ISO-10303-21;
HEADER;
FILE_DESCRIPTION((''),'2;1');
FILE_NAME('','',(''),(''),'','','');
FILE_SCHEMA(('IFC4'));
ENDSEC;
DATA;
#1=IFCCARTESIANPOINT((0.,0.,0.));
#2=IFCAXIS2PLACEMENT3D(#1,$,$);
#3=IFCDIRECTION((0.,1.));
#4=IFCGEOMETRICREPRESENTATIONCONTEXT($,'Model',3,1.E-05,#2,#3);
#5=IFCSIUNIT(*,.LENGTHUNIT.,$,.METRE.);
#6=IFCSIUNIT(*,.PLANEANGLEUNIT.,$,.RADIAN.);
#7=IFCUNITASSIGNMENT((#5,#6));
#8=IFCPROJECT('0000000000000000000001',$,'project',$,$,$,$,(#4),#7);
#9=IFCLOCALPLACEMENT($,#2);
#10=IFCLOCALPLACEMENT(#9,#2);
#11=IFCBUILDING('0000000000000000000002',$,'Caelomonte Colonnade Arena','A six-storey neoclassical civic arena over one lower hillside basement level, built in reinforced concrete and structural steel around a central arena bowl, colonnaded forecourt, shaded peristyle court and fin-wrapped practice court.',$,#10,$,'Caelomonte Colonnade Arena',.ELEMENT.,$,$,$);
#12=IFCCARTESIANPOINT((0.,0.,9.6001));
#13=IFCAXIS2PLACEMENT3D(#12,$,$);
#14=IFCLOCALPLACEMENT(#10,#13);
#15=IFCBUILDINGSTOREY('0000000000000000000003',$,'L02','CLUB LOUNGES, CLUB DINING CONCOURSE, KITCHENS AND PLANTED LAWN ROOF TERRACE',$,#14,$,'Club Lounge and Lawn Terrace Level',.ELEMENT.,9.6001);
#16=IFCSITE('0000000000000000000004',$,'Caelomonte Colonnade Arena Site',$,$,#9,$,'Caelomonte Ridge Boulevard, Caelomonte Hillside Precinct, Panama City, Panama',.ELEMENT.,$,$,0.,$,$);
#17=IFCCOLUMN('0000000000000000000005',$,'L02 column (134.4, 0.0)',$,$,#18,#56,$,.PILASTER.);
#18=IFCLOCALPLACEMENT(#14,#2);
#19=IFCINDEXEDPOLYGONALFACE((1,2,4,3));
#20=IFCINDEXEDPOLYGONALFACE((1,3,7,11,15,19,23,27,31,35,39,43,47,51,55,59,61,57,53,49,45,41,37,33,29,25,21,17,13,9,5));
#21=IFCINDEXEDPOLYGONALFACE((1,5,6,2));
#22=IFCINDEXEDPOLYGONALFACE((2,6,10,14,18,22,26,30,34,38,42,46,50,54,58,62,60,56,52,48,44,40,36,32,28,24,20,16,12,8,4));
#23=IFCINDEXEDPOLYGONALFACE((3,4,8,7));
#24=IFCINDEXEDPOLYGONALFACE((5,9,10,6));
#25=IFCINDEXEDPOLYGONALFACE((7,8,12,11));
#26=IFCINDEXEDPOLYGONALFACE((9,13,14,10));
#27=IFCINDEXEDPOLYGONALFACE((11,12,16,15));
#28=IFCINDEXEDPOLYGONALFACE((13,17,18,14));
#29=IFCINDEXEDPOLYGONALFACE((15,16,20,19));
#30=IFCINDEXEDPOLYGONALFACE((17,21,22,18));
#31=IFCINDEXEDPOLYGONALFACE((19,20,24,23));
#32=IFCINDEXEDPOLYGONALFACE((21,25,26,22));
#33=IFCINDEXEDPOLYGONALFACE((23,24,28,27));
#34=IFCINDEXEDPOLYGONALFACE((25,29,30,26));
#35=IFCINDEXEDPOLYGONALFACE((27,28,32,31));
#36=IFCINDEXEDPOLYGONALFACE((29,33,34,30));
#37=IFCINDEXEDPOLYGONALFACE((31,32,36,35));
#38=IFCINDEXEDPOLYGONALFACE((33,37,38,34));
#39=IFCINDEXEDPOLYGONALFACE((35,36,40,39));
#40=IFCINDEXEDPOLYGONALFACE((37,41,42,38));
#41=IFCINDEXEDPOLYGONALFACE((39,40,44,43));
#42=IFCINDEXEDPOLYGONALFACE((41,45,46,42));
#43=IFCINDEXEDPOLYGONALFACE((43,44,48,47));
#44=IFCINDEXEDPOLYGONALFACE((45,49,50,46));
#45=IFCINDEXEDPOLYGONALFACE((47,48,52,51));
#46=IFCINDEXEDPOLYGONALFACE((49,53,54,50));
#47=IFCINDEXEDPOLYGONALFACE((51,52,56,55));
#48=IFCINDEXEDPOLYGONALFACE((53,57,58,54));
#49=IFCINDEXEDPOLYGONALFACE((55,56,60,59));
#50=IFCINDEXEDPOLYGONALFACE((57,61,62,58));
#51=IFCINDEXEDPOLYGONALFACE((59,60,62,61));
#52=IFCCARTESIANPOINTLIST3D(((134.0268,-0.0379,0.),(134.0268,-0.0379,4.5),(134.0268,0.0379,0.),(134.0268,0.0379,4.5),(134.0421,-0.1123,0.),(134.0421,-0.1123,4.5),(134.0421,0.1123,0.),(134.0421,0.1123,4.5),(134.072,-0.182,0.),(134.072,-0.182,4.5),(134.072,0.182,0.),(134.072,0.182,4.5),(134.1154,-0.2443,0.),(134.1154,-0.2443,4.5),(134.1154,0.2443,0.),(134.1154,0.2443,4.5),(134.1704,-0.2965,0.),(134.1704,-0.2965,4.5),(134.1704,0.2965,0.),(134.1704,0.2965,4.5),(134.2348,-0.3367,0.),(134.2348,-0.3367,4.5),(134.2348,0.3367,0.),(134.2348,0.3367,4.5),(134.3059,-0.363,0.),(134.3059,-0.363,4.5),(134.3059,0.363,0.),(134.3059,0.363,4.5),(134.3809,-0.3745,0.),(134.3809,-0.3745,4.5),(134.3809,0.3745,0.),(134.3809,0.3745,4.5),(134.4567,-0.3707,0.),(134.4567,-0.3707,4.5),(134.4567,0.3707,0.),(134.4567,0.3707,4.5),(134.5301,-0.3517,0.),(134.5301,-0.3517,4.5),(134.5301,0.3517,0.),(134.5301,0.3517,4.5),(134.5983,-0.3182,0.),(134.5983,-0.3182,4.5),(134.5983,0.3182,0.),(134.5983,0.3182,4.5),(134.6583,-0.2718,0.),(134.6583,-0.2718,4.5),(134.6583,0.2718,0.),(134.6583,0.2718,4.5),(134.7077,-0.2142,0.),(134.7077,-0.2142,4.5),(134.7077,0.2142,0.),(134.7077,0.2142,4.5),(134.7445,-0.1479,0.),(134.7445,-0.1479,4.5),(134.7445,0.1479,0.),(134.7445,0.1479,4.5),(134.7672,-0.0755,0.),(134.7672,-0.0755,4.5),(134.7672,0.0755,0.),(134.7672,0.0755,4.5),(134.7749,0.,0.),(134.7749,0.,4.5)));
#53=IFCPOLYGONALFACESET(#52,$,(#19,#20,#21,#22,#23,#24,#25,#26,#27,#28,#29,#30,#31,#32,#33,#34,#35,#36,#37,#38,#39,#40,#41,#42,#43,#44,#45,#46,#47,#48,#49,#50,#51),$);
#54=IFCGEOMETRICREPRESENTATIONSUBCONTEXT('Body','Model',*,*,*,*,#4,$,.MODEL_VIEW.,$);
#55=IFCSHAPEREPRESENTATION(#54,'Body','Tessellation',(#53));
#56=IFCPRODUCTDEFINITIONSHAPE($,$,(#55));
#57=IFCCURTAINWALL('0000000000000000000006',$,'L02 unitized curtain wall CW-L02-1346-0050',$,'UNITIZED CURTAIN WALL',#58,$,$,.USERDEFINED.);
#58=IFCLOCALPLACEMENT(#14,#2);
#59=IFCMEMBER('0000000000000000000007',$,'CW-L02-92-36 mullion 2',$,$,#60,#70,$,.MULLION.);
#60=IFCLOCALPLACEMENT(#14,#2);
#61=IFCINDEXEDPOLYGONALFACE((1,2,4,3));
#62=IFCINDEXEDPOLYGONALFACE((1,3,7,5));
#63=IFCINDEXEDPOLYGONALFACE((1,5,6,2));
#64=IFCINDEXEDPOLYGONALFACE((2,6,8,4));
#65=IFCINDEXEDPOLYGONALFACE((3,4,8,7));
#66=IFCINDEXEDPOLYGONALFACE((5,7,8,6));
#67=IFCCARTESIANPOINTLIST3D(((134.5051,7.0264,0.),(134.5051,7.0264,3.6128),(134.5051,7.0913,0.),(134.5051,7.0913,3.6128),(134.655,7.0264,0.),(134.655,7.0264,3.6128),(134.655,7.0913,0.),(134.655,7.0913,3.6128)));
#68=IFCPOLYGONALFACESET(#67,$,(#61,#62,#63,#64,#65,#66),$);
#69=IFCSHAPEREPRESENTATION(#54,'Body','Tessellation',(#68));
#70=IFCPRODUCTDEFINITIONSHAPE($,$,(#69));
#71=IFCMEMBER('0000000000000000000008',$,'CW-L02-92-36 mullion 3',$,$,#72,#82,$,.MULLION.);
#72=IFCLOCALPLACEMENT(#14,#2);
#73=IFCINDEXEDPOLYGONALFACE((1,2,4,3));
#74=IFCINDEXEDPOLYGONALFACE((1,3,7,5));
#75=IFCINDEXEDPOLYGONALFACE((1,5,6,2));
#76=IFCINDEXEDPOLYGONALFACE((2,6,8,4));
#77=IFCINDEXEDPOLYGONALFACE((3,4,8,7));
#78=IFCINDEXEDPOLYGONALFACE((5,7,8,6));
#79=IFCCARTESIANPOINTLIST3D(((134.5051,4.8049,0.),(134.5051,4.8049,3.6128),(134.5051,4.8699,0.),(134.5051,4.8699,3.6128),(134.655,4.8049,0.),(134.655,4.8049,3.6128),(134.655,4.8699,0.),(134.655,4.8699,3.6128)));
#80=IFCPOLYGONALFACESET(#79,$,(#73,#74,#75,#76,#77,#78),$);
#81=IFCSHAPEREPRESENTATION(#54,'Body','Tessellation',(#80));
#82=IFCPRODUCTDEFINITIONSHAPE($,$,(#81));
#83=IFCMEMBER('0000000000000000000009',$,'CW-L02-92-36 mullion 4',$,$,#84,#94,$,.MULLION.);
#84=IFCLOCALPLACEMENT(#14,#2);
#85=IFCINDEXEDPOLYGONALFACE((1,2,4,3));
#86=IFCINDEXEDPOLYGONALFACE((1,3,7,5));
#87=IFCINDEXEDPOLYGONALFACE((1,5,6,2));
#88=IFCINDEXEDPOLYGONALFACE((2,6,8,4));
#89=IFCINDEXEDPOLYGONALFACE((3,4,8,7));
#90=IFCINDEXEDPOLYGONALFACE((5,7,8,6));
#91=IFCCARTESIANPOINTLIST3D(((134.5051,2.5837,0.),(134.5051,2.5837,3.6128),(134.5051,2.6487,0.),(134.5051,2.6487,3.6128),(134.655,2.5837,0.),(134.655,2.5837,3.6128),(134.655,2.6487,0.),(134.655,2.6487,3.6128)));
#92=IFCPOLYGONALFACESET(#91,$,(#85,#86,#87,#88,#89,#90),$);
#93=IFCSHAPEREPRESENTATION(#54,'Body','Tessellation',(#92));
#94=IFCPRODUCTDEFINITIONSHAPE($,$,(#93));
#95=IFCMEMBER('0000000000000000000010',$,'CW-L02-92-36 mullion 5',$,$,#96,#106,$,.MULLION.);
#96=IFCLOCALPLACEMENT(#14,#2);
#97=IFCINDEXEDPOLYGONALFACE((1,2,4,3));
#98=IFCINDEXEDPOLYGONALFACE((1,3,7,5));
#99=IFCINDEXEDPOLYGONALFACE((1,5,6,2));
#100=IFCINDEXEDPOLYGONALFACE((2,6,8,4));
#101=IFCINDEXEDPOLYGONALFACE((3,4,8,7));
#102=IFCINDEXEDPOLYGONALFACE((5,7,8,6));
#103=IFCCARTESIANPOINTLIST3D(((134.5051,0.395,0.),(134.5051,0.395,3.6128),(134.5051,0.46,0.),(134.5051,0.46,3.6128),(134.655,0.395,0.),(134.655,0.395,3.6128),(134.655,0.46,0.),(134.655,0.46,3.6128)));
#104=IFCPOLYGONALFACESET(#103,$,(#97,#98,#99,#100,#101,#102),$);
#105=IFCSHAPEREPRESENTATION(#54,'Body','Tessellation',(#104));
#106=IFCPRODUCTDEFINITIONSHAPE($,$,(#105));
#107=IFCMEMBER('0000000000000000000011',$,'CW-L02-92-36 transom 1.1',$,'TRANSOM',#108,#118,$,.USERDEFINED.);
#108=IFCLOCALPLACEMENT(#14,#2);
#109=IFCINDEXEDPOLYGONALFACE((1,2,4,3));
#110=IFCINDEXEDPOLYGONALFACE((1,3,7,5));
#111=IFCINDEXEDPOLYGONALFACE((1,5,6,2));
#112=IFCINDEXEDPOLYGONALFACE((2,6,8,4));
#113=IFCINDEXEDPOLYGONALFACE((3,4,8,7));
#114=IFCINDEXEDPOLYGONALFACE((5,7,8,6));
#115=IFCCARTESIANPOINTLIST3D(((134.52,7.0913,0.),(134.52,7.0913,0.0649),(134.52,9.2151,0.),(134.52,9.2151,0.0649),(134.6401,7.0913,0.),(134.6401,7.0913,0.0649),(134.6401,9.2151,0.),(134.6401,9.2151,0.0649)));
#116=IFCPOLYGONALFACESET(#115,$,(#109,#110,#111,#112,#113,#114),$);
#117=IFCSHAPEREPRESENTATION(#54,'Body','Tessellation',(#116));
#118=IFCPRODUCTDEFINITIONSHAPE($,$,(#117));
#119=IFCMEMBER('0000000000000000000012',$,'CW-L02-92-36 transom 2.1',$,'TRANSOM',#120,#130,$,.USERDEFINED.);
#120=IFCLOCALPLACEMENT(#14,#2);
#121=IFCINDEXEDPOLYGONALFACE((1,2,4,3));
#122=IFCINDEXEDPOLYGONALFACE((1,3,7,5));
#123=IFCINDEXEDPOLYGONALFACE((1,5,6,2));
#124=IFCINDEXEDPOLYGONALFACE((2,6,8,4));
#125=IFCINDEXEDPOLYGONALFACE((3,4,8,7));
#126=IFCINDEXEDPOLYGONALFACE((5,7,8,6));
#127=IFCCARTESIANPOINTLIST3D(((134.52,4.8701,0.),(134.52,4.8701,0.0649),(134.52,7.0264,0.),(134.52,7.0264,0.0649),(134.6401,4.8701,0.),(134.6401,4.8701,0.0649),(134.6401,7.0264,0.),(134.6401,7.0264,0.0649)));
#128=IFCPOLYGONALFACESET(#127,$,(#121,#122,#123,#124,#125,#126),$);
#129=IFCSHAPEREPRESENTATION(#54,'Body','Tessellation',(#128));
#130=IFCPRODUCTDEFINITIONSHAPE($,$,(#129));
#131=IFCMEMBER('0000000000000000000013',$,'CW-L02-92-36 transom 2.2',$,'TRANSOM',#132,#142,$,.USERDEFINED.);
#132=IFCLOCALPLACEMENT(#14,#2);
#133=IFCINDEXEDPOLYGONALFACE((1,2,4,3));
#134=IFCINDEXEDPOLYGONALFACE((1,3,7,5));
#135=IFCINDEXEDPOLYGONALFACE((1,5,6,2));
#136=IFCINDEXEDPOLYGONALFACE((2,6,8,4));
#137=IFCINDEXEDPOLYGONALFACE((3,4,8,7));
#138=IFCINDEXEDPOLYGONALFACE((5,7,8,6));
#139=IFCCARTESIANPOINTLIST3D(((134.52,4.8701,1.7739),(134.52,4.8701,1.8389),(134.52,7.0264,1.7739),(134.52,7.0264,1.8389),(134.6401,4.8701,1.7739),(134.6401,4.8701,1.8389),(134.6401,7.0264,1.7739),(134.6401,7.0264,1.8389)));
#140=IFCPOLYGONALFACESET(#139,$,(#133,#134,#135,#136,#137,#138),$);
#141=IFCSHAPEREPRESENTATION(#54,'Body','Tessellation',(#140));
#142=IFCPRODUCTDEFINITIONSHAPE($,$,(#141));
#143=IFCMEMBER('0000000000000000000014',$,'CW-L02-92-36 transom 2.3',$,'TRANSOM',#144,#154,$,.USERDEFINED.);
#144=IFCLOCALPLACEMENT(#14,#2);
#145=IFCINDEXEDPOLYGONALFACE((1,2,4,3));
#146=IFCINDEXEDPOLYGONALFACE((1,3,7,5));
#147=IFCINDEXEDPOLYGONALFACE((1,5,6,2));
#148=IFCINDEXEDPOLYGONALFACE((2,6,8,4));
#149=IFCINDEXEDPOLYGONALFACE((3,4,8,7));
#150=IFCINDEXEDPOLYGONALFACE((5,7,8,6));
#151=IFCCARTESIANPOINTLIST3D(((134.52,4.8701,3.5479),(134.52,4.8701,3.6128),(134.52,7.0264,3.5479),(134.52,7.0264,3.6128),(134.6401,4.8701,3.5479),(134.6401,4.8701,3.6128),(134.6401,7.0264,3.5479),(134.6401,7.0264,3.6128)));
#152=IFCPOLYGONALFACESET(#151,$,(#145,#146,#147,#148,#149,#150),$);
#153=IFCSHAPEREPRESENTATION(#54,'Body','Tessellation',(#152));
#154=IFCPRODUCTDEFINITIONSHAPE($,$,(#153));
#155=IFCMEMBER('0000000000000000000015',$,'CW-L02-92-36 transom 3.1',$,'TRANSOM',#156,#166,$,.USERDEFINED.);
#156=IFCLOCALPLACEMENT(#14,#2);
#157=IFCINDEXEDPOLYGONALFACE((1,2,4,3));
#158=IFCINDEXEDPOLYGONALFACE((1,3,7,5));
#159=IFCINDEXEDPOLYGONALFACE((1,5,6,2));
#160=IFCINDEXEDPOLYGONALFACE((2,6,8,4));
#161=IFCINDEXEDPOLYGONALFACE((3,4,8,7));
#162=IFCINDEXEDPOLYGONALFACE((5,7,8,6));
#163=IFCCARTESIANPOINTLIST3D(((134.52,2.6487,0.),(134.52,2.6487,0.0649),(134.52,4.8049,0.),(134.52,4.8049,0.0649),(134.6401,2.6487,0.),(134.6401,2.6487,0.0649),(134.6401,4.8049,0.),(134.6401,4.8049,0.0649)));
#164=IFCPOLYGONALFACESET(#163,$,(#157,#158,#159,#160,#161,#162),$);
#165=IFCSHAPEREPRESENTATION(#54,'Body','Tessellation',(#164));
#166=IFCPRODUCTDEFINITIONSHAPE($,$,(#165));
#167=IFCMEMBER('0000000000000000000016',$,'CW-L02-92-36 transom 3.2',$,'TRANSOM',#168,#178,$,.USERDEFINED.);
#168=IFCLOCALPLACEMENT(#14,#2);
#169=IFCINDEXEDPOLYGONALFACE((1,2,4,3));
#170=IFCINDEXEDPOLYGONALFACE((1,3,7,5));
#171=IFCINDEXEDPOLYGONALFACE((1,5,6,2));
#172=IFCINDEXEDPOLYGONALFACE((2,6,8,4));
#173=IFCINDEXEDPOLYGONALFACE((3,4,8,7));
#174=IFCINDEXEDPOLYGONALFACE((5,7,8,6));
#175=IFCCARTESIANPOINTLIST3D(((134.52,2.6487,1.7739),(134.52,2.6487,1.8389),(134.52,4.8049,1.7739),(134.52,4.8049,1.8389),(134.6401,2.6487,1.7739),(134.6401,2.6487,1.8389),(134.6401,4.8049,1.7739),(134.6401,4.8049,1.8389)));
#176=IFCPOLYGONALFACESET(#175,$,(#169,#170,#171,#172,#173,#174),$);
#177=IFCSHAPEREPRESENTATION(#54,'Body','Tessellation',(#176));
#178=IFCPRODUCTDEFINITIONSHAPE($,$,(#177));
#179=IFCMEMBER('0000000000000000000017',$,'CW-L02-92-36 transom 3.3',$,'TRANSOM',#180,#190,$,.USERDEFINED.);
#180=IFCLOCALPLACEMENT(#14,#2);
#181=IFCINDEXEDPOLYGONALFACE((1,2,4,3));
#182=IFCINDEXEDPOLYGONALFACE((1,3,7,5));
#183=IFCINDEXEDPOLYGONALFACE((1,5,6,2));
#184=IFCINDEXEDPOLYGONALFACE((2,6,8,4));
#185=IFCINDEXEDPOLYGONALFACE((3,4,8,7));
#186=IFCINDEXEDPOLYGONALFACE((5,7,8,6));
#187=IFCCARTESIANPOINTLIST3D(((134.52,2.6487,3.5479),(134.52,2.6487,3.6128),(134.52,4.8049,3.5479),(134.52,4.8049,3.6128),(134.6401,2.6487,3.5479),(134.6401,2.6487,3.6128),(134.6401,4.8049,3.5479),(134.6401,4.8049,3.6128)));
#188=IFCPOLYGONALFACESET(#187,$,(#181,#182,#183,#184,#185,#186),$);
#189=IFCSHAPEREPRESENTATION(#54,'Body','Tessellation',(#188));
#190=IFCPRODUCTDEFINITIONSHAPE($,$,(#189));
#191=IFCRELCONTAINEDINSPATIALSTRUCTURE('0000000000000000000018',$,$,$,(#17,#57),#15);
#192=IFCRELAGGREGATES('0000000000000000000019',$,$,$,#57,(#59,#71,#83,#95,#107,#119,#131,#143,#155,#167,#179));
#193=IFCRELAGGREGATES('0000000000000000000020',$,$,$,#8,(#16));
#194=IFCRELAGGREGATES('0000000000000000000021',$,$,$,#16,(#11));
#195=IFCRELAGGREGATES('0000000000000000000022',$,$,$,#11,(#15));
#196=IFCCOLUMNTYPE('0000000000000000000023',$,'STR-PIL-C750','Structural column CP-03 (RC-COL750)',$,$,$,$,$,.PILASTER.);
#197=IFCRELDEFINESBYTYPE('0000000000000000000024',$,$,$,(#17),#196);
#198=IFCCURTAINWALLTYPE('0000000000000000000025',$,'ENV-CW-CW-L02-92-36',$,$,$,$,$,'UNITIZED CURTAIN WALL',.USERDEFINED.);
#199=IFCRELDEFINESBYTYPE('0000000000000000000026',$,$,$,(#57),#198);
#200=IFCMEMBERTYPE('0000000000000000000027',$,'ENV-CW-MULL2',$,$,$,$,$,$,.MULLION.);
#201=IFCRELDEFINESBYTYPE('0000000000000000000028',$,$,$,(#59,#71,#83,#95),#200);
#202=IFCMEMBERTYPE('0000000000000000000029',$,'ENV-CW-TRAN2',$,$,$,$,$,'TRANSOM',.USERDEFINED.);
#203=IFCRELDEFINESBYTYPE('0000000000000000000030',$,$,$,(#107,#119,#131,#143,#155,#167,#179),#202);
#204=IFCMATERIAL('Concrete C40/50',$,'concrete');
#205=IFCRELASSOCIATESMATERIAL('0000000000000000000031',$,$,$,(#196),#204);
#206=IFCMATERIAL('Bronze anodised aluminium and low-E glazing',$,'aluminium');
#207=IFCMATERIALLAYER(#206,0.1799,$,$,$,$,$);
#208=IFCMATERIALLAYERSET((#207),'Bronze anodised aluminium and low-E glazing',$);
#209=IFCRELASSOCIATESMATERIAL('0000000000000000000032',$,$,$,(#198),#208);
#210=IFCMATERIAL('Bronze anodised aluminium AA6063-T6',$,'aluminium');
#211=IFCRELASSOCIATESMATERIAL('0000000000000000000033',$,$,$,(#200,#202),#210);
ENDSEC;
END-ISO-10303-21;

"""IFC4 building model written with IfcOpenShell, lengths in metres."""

from ifc_helpers import new_model, si_unit, direction, frame, origin, origin_2d, place, context, subcontext, project, spatial, rectangle, circle, extrude, material, layer, layer_set, material_profile, profile_set, type_object, element, aggregate, save


model = new_model("IFC4")

# Units and contexts
model_context = context("Model", 3, precision=1e-05, world=origin(), true_north=direction((0.0, 1.0)))
body_context = subcontext(model_context, "Body", "Model", "MODEL_VIEW")
ifc_project = project(units=[si_unit("LENGTHUNIT", "METRE"), si_unit("PLANEANGLEUNIT", "RADIAN")], contexts=[model_context])

# Site, building, storey
site_placement = place(None, origin())
site = spatial("IfcSite", under=ifc_project, at=site_placement, Name="Caelomonte Colonnade Arena Site", LongName="Caelomonte Ridge Boulevard, Caelomonte Hillside Precinct, Panama City, Panama", CompositionType="ELEMENT", RefElevation=0.0)
building_placement = place(site_placement, origin())
building = spatial("IfcBuilding", under=site, at=building_placement, Name="Caelomonte Colonnade Arena", Description="A six-storey neoclassical civic arena over one lower hillside basement level, built in reinforced concrete and structural steel around a central arena bowl, colonnaded forecourt, shaded peristyle court and fin-wrapped practice court.", LongName="Caelomonte Colonnade Arena", CompositionType="ELEMENT")
storey_placement = place(building_placement, frame((0.0, 0.0, 9.6001)))
storey = spatial("IfcBuildingStorey", under=building, at=storey_placement, Name="L02", Description="CLUB LOUNGES, CLUB DINING CONCOURSE, KITCHENS AND PLANTED LAWN ROOF TERRACE", LongName="Club Lounge and Lawn Terrace Level", CompositionType="ELEMENT", Elevation=9.6001)

# Column
ifc_material_1 = material(Name="Concrete C40/50", Category="concrete")
ifc_material_profile_1 = material_profile(ifc_material_1, circle(Radius=0.375, at=origin_2d()), Name="RC-COL750")
ifc_profile_set_1 = profile_set([ifc_material_profile_1], Name="Concrete C40/50")
column_type = type_object("IfcColumnType", Name="STR-PIL-C750", Description="Structural column CP-03 (RC-COL750)", PredefinedType="PILASTER", material=ifc_profile_set_1)
column_placement = place(storey_placement, frame((134.3999, 0.0, 0.0), z_axis=(0.0, 0.0, 1.0), x_axis=(1.0, 0.0, 0.0)))
element("IfcColumn", 1, at=column_placement, inside=storey, type_object=column_type, Name="L02 column (134.4, 0.0)", PredefinedType="PILASTER", context=body_context, shape_type="SweptSolid", body=[
    extrude(circle(Radius=0.375, at=origin_2d()), origin(), (0.0, 0.0, 1.0), 4.5),
])

# Curtain wall, members
ifc_material_2 = material(Name="Bronze anodised aluminium and low-E glazing", Category="aluminium")
ifc_layer_1 = layer(ifc_material_2, 0.1799)
ifc_layer_set_1 = layer_set([ifc_layer_1], Name="Bronze anodised aluminium and low-E glazing")
curtain_wall_type = type_object("IfcCurtainWallType", Name="ENV-CW-CW-L02-92-36", ElementType="UNITIZED CURTAIN WALL", PredefinedType="USERDEFINED", material=ifc_layer_set_1)
curtain_wall_placement = place(storey_placement, origin())
curtain_wall = element("IfcCurtainWall", 2, at=curtain_wall_placement, inside=storey, type_object=curtain_wall_type, Name="L02 unitized curtain wall CW-L02-1346-0050", ObjectType="UNITIZED CURTAIN WALL", PredefinedType="USERDEFINED")
ifc_material_3 = material(Name="Bronze anodised aluminium AA6063-T6", Category="aluminium")
ifc_material_profile_2 = material_profile(ifc_material_3, rectangle(XDim=0.0649, YDim=0.1499, at=origin_2d()), Name="CWM-65X150")
ifc_profile_set_2 = profile_set([ifc_material_profile_2], Name="Bronze anodised aluminium AA6063-T6")
member_type_1 = type_object("IfcMemberType", Name="ENV-CW-MULL2", PredefinedType="MULLION", material=ifc_profile_set_2)
member_1_placement = place(storey_placement, frame((134.5801, 7.0588, 0.0), z_axis=(0.0, 0.0, 1.0), x_axis=(0.0, -1.0, 0.0)))
member_1 = element("IfcMember", 3, at=member_1_placement, type_object=member_type_1, Name="CW-L02-92-36 mullion 2", PredefinedType="MULLION", context=body_context, shape_type="SweptSolid", body=[
    extrude(rectangle(XDim=0.0649, YDim=0.1499, at=origin_2d()), origin(), (0.0, 0.0, 1.0), 3.6128),
])
member_2_placement = place(storey_placement, frame((134.5801, 4.8374, 0.0), z_axis=(0.0, 0.0, 1.0), x_axis=(0.0, -1.0, 0.0)))
member_2 = element("IfcMember", 4, at=member_2_placement, type_object=member_type_1, Name="CW-L02-92-36 mullion 3", PredefinedType="MULLION", context=body_context, shape_type="SweptSolid", body=[
    extrude(rectangle(XDim=0.0649, YDim=0.1499, at=origin_2d()), origin(), (0.0, 0.0, 1.0), 3.6128),
])
member_3_placement = place(storey_placement, frame((134.5801, 2.6162, 0.0), z_axis=(0.0, 0.0, 1.0), x_axis=(0.0, -1.0, 0.0)))
member_3 = element("IfcMember", 5, at=member_3_placement, type_object=member_type_1, Name="CW-L02-92-36 mullion 4", PredefinedType="MULLION", context=body_context, shape_type="SweptSolid", body=[
    extrude(rectangle(XDim=0.0649, YDim=0.1499, at=origin_2d()), origin(), (0.0, 0.0, 1.0), 3.6128),
])
member_4_placement = place(storey_placement, frame((134.5801, 0.4275, 0.0), z_axis=(0.0, 0.0, 1.0), x_axis=(0.0, -1.0, 0.0)))
member_4 = element("IfcMember", 6, at=member_4_placement, type_object=member_type_1, Name="CW-L02-92-36 mullion 5", PredefinedType="MULLION", context=body_context, shape_type="SweptSolid", body=[
    extrude(rectangle(XDim=0.0649, YDim=0.1499, at=origin_2d()), origin(), (0.0, 0.0, 1.0), 3.6128),
])
ifc_material_profile_3 = material_profile(ifc_material_3, rectangle(XDim=0.0649, YDim=0.1201, at=origin_2d()), Name="CWT-65X120")
ifc_profile_set_3 = profile_set([ifc_material_profile_3], Name="Bronze anodised aluminium AA6063-T6")
member_type_2 = type_object("IfcMemberType", Name="ENV-CW-TRAN2", ElementType="TRANSOM", PredefinedType="USERDEFINED", material=ifc_profile_set_3)
member_5_placement = place(storey_placement, frame((134.5801, 9.2151, 0.0325), z_axis=(0.0, -1.0, 0.0), x_axis=(0.0, 0.0, 1.0)))
member_5 = element("IfcMember", 7, at=member_5_placement, type_object=member_type_2, Name="CW-L02-92-36 transom 1.1", ObjectType="TRANSOM", PredefinedType="USERDEFINED", context=body_context, shape_type="SweptSolid", body=[
    extrude(rectangle(XDim=0.0649, YDim=0.1201, at=origin_2d()), origin(), (0.0, 0.0, 1.0), 2.1238),
])
member_6_placement = place(storey_placement, frame((134.5801, 7.0264, 0.0325), z_axis=(0.0, -1.0, 0.0), x_axis=(0.0, 0.0, 1.0)))
member_6 = element("IfcMember", 8, at=member_6_placement, type_object=member_type_2, Name="CW-L02-92-36 transom 2.1", ObjectType="TRANSOM", PredefinedType="USERDEFINED", context=body_context, shape_type="SweptSolid", body=[
    extrude(rectangle(XDim=0.0649, YDim=0.1201, at=origin_2d()), origin(), (0.0, 0.0, 1.0), 2.1562),
])
member_7_placement = place(storey_placement, frame((134.5801, 7.0264, 1.8064), z_axis=(0.0, -1.0, 0.0), x_axis=(0.0, 0.0, 1.0)))
member_7 = element("IfcMember", 9, at=member_7_placement, type_object=member_type_2, Name="CW-L02-92-36 transom 2.2", ObjectType="TRANSOM", PredefinedType="USERDEFINED", context=body_context, shape_type="SweptSolid", body=[
    extrude(rectangle(XDim=0.0649, YDim=0.1201, at=origin_2d()), origin(), (0.0, 0.0, 1.0), 2.1562),
])
member_8_placement = place(storey_placement, frame((134.5801, 7.0264, 3.5803), z_axis=(0.0, -1.0, 0.0), x_axis=(0.0, 0.0, 1.0)))
member_8 = element("IfcMember", 10, at=member_8_placement, type_object=member_type_2, Name="CW-L02-92-36 transom 2.3", ObjectType="TRANSOM", PredefinedType="USERDEFINED", context=body_context, shape_type="SweptSolid", body=[
    extrude(rectangle(XDim=0.0649, YDim=0.1201, at=origin_2d()), origin(), (0.0, 0.0, 1.0), 2.1562),
])
member_9_placement = place(storey_placement, frame((134.5801, 4.8049, 0.0325), z_axis=(0.0, -1.0, 0.0), x_axis=(0.0, 0.0, 1.0)))
member_9 = element("IfcMember", 11, at=member_9_placement, type_object=member_type_2, Name="CW-L02-92-36 transom 3.1", ObjectType="TRANSOM", PredefinedType="USERDEFINED", context=body_context, shape_type="SweptSolid", body=[
    extrude(rectangle(XDim=0.0649, YDim=0.1201, at=origin_2d()), origin(), (0.0, 0.0, 1.0), 2.1562),
])
member_10_placement = place(storey_placement, frame((134.5801, 4.8049, 1.8064), z_axis=(0.0, -1.0, 0.0), x_axis=(0.0, 0.0, 1.0)))
member_10 = element("IfcMember", 12, at=member_10_placement, type_object=member_type_2, Name="CW-L02-92-36 transom 3.2", ObjectType="TRANSOM", PredefinedType="USERDEFINED", context=body_context, shape_type="SweptSolid", body=[
    extrude(rectangle(XDim=0.0649, YDim=0.1201, at=origin_2d()), origin(), (0.0, 0.0, 1.0), 2.1562),
])
member_11_placement = place(storey_placement, frame((134.5801, 4.8049, 3.5803), z_axis=(0.0, -1.0, 0.0), x_axis=(0.0, 0.0, 1.0)))
member_11 = element("IfcMember", 13, at=member_11_placement, type_object=member_type_2, Name="CW-L02-92-36 transom 3.3", ObjectType="TRANSOM", PredefinedType="USERDEFINED", context=body_context, shape_type="SweptSolid", body=[
    extrude(rectangle(XDim=0.0649, YDim=0.1201, at=origin_2d()), origin(), (0.0, 0.0, 1.0), 2.1562),
])

aggregate(curtain_wall, [member_1, member_2, member_3, member_4, member_5, member_6, member_7, member_8, member_9, member_10, member_11])

save(model, "model.ifc")
